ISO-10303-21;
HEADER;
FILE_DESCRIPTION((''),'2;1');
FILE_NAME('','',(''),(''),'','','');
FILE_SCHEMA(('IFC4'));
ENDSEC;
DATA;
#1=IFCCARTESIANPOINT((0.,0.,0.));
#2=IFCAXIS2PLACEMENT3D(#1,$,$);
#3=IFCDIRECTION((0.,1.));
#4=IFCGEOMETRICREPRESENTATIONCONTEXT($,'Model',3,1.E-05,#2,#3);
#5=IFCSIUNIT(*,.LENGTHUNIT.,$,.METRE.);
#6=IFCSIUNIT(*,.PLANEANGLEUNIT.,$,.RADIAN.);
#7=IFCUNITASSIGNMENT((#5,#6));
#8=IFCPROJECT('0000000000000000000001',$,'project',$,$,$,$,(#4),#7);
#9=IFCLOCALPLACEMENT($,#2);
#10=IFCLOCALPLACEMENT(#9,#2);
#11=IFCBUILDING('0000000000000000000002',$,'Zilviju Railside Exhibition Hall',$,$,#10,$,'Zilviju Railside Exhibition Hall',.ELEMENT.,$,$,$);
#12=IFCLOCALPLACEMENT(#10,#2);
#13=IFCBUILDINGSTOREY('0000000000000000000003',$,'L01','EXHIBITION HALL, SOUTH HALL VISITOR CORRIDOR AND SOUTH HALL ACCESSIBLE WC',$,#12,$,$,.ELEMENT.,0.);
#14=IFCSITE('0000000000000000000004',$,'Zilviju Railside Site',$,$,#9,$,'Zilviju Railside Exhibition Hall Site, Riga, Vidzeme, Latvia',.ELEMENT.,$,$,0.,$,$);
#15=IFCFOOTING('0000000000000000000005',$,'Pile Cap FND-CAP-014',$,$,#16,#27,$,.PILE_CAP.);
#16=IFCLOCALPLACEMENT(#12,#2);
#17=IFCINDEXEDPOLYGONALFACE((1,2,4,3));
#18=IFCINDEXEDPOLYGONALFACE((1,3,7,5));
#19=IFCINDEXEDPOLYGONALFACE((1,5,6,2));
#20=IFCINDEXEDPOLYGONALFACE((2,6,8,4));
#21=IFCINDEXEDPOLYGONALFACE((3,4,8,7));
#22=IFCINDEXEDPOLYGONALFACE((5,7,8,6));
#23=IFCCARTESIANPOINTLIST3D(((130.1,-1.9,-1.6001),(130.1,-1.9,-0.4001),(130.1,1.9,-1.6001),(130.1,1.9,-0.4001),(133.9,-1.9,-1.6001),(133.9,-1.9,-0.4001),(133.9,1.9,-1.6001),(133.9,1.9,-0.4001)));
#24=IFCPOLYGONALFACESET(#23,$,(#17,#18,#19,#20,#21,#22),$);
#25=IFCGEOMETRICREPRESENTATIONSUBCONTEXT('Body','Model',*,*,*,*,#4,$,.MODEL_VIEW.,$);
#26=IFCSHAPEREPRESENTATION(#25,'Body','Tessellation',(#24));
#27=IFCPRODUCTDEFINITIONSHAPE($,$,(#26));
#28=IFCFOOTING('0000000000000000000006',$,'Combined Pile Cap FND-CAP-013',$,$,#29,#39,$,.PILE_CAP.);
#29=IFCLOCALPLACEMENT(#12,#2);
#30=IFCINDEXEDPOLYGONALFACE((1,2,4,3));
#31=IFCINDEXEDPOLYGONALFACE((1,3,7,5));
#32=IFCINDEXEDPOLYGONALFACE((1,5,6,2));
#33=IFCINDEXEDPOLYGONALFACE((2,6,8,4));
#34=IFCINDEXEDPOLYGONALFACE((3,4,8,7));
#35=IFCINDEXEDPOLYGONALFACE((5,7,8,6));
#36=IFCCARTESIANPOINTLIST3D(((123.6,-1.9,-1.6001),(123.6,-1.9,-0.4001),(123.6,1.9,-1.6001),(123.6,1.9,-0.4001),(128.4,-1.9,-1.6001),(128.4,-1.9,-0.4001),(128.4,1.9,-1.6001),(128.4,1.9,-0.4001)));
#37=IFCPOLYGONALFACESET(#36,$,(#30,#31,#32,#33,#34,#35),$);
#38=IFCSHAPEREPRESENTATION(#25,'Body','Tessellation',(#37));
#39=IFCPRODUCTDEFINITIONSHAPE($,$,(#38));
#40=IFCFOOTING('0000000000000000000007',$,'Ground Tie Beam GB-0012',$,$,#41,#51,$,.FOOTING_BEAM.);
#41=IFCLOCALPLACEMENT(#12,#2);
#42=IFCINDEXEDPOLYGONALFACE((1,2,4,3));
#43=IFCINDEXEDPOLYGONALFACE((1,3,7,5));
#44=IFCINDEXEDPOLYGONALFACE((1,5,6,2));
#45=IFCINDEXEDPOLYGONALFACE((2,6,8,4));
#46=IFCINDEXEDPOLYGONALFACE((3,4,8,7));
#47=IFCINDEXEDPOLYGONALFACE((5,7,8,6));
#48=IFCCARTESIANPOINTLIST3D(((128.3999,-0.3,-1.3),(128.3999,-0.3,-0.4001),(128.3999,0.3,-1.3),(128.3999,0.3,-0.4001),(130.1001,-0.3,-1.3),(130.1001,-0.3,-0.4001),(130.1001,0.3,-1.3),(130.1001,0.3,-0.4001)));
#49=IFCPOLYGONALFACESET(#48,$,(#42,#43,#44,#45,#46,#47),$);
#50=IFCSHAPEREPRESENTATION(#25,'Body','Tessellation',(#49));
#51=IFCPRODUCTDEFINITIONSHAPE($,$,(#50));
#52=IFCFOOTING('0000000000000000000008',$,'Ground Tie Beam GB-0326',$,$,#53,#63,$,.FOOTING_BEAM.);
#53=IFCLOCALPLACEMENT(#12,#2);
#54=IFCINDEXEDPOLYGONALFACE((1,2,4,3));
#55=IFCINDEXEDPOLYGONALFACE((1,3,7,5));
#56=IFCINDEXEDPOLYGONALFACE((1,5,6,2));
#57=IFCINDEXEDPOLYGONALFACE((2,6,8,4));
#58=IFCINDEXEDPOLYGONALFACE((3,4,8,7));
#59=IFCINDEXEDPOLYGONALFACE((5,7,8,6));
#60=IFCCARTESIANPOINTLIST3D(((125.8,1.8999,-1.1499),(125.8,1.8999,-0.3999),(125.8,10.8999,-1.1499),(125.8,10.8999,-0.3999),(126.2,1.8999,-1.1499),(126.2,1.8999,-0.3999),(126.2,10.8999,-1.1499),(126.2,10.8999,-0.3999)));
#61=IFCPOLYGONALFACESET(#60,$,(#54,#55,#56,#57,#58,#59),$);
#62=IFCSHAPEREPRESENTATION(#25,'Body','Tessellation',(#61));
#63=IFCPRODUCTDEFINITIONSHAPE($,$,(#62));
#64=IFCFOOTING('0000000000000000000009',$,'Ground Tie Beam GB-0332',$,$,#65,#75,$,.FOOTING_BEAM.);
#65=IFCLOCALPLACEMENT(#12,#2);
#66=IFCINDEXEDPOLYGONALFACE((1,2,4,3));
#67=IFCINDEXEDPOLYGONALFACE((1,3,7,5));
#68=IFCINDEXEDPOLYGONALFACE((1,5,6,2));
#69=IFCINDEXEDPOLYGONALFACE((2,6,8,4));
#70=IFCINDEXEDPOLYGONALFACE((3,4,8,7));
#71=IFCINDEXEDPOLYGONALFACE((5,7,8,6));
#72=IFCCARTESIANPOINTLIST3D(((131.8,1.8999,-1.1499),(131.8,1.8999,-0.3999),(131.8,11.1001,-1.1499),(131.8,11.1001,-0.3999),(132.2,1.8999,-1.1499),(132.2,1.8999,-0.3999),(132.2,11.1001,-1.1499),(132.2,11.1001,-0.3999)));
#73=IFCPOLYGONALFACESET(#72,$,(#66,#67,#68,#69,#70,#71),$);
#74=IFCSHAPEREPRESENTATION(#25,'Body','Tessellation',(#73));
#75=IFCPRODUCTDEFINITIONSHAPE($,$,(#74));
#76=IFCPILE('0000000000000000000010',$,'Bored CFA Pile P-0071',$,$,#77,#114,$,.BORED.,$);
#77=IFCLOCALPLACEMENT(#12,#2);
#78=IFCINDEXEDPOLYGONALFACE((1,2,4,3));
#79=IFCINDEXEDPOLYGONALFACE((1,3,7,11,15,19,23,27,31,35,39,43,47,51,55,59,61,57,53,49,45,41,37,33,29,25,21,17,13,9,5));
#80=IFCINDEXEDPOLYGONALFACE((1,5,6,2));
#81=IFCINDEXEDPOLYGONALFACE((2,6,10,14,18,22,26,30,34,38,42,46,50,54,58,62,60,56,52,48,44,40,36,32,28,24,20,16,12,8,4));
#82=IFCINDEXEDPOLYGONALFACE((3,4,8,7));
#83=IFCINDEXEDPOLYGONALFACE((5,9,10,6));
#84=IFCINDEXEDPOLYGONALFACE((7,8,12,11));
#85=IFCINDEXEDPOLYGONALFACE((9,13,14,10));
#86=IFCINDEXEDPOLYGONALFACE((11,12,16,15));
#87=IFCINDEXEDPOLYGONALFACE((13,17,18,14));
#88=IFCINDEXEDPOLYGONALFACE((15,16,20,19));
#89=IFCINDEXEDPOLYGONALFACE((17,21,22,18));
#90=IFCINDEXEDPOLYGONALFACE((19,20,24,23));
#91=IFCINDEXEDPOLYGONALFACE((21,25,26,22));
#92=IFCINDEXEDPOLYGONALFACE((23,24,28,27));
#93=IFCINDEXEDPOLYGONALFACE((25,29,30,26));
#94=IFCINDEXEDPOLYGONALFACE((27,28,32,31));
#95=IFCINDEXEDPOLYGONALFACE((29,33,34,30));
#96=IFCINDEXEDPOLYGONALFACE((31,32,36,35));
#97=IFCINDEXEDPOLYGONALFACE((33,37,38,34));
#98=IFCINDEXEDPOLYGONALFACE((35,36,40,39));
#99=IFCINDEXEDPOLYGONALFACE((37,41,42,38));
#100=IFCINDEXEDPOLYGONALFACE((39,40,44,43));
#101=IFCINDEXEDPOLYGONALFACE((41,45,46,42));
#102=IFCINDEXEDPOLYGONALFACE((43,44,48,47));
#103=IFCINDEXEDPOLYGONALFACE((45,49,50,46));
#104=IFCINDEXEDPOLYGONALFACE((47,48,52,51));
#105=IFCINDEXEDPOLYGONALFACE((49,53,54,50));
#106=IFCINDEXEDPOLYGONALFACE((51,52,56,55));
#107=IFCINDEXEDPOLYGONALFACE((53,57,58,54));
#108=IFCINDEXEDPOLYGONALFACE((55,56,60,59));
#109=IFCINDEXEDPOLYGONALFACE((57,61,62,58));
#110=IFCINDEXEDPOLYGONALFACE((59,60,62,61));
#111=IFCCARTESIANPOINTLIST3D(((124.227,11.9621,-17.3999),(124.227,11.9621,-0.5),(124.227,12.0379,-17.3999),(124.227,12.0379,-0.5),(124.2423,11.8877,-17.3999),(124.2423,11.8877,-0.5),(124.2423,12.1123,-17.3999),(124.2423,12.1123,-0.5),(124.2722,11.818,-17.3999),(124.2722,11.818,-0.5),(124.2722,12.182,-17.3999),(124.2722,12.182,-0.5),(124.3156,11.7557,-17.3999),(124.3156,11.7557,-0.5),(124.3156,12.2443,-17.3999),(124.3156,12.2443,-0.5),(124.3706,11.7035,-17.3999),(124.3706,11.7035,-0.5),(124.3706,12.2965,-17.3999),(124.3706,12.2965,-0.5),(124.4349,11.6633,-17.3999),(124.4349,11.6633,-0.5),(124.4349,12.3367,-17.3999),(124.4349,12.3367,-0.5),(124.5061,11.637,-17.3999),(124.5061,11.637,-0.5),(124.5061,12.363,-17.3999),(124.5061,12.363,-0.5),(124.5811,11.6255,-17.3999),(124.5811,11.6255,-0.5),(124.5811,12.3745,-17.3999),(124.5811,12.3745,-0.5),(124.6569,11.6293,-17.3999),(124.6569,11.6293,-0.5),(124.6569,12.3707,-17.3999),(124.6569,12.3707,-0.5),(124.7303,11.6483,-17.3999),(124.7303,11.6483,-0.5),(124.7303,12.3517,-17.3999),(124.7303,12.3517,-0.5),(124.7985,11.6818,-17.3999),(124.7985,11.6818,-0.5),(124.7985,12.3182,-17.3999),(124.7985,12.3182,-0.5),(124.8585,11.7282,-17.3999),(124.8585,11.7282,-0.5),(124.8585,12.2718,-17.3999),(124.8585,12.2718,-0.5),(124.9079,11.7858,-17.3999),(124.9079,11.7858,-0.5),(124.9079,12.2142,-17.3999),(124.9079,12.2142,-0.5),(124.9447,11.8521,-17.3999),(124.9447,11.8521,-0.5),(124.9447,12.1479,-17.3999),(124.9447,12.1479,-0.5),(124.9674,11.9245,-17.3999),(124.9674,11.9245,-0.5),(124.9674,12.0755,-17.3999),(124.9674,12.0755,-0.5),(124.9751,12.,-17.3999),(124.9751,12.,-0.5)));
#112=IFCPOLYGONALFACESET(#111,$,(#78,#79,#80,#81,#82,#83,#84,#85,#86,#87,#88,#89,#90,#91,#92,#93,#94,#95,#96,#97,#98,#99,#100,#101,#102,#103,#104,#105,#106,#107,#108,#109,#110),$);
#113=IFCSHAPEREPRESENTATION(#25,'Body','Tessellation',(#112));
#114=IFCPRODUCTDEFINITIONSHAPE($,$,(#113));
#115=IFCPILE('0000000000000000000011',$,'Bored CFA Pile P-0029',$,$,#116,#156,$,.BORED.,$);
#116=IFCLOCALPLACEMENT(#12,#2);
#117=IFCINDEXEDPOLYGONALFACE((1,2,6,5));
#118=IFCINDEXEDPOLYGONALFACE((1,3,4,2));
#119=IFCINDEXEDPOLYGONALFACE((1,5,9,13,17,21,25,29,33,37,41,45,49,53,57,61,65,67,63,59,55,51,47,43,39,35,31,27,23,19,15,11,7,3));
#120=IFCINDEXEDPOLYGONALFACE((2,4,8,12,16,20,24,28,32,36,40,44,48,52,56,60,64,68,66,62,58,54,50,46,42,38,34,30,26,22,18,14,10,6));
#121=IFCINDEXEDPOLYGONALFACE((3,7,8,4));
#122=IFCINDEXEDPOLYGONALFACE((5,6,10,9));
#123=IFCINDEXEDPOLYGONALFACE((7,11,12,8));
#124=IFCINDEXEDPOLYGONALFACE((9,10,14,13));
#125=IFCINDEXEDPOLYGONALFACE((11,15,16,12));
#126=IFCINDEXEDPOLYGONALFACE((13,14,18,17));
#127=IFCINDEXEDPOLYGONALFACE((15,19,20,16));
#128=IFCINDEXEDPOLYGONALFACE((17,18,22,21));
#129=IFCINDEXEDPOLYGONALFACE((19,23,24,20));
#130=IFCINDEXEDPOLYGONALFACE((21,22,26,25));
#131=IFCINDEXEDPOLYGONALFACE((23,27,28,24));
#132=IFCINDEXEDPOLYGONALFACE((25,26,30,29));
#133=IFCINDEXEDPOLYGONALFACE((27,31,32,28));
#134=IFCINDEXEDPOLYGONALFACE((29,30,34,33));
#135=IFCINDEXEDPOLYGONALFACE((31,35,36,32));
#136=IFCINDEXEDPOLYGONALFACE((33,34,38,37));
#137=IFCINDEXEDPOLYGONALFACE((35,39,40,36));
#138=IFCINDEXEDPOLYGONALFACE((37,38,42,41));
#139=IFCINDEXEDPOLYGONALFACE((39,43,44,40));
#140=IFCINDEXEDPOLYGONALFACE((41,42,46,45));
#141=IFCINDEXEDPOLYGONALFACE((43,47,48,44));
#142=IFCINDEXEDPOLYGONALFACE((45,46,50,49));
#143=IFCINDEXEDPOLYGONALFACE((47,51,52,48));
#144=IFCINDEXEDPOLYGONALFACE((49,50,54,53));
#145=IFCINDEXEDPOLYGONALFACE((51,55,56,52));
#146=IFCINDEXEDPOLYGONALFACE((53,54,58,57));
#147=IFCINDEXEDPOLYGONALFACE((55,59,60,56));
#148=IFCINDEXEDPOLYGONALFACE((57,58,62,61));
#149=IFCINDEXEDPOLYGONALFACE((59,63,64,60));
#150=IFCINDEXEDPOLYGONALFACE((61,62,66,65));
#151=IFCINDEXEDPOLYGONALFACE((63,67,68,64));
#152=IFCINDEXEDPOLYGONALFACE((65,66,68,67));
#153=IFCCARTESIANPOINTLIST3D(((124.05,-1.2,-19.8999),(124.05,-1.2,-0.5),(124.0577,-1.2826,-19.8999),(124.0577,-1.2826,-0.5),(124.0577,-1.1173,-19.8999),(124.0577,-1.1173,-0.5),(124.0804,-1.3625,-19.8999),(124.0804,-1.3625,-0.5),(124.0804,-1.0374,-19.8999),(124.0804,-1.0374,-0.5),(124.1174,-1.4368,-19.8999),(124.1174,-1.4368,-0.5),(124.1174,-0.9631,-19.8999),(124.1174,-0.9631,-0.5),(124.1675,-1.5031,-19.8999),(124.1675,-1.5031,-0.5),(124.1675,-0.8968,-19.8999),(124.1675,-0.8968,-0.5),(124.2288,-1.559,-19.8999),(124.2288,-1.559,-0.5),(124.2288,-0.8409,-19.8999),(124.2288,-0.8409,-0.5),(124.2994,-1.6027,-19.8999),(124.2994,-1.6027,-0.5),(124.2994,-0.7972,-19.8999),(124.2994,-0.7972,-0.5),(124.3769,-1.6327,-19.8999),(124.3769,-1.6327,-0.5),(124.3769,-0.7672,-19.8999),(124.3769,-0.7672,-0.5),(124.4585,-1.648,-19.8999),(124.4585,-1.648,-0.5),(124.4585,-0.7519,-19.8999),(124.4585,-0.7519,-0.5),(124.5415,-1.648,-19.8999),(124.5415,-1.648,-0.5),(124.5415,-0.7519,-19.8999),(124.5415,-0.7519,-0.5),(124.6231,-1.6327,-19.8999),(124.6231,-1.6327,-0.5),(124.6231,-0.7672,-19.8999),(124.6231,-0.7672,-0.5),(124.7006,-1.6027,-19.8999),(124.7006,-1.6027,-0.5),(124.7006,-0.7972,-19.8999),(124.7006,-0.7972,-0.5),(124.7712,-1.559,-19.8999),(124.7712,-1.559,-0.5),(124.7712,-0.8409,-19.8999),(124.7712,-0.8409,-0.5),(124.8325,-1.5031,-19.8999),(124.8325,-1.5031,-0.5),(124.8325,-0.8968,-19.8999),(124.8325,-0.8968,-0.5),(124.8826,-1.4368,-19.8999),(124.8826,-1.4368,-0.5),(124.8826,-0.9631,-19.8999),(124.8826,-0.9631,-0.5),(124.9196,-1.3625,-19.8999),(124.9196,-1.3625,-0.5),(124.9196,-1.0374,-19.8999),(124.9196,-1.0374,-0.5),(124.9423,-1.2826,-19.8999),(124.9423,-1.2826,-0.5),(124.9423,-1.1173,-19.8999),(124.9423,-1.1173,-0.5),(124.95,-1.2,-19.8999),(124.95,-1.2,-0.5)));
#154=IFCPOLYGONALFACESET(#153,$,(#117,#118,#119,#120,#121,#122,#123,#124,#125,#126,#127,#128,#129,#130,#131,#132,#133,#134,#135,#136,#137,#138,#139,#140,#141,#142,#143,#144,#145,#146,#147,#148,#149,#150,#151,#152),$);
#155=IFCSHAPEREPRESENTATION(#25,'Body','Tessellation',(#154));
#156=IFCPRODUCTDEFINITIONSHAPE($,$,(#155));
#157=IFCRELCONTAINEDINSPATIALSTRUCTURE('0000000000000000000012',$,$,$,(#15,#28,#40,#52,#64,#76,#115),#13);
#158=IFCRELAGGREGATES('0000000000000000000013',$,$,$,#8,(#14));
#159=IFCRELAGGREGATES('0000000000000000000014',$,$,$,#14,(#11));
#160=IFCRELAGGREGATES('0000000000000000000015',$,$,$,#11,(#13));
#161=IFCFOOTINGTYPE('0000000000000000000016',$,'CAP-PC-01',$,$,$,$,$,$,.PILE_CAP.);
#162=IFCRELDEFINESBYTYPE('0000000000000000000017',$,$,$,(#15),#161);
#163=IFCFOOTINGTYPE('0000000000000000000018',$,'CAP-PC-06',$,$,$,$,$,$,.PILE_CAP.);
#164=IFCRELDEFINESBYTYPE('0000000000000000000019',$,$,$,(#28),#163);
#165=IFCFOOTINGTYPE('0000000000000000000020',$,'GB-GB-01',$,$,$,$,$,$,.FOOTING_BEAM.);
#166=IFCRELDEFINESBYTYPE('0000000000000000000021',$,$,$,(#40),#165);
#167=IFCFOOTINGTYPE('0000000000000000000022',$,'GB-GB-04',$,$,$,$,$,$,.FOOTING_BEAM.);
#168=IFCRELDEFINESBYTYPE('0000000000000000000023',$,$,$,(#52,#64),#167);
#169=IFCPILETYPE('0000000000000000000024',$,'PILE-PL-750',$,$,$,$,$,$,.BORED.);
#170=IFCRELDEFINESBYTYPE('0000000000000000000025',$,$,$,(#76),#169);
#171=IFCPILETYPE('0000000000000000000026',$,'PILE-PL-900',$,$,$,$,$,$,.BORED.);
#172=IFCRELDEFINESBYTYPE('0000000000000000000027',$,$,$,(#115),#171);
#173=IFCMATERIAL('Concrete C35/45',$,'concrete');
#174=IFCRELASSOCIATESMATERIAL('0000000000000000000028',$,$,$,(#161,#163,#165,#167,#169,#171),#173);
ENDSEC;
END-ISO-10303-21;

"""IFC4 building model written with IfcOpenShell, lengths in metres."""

from ifc_helpers import new_model, si_unit, direction, frame, origin, origin_2d, place, context, subcontext, project, spatial, rectangle, circle, extrude, material, material_profile, profile_set, type_object, element, save


model = new_model("IFC4")

# Units and contexts
model_context = context("Model", 3, precision=1e-05, world=origin(), true_north=direction((0.0, 1.0)))
body_context = subcontext(model_context, "Body", "Model", "MODEL_VIEW")
ifc_project = project(units=[si_unit("LENGTHUNIT", "METRE"), si_unit("PLANEANGLEUNIT", "RADIAN")], contexts=[model_context])

# Site, building, storey
site_placement = place(None, origin())
site = spatial("IfcSite", under=ifc_project, at=site_placement, Name="Zilviju Railside Site", LongName="Zilviju Railside Exhibition Hall Site, Riga, Vidzeme, Latvia", CompositionType="ELEMENT", RefElevation=0.0)
building_placement = place(site_placement, origin())
building = spatial("IfcBuilding", under=site, at=building_placement, Name="Zilviju Railside Exhibition Hall", LongName="Zilviju Railside Exhibition Hall", CompositionType="ELEMENT")
storey_placement = place(building_placement, origin())
storey = spatial("IfcBuildingStorey", under=building, at=storey_placement, Name="L01", Description="EXHIBITION HALL, SOUTH HALL VISITOR CORRIDOR AND SOUTH HALL ACCESSIBLE WC", CompositionType="ELEMENT", Elevation=0.0)

# Footings
ifc_material_1 = material(Name="Concrete C35/45", Category="concrete")
footing_type_1 = type_object("IfcFootingType", Name="CAP-PC-01", PredefinedType="PILE_CAP", material=ifc_material_1)
footing_1_placement = place(storey_placement, frame((132.0, 0.0, -1.6001), z_axis=(0.0, 0.0, 1.0), x_axis=(1.0, 0.0, 0.0)))
element("IfcFooting", 1, at=footing_1_placement, inside=storey, type_object=footing_type_1, Name="Pile Cap FND-CAP-014", PredefinedType="PILE_CAP", context=body_context, shape_type="SweptSolid", body=[
    extrude(rectangle(XDim=3.8, YDim=3.8, at=origin_2d()), origin(), (0.0, 0.0, 1.0), 1.2),
])
footing_type_2 = type_object("IfcFootingType", Name="CAP-PC-06", PredefinedType="PILE_CAP", material=ifc_material_1)
footing_2_placement = place(storey_placement, frame((126.0, 0.0, -1.6001), z_axis=(0.0, 0.0, 1.0), x_axis=(1.0, 0.0, 0.0)))
element("IfcFooting", 2, at=footing_2_placement, inside=storey, type_object=footing_type_2, Name="Combined Pile Cap FND-CAP-013", PredefinedType="PILE_CAP", context=body_context, shape_type="SweptSolid", body=[
    extrude(rectangle(XDim=4.8, YDim=3.8, at=origin_2d()), origin(), (0.0, 0.0, 1.0), 1.2),
])
ifc_material_profile_1 = material_profile(ifc_material_1, rectangle(XDim=0.6001, YDim=0.8999, at=origin_2d()), Name="TIE BEAM 600x900")
ifc_profile_set_1 = profile_set([ifc_material_profile_1], Name="Concrete C35/45")
footing_type_3 = type_object("IfcFootingType", Name="GB-GB-01", PredefinedType="FOOTING_BEAM", material=ifc_profile_set_1)
footing_3_placement = place(storey_placement, frame((128.3999, 0.0, -0.8501), z_axis=(1.0, 0.0, 0.0), x_axis=(0.0, 1.0, 0.0)))
element("IfcFooting", 3, at=footing_3_placement, inside=storey, type_object=footing_type_3, Name="Ground Tie Beam GB-0012", PredefinedType="FOOTING_BEAM", context=body_context, shape_type="SweptSolid", body=[
    extrude(rectangle(XDim=0.6001, YDim=0.8999, at=origin_2d()), origin(), (0.0, 0.0, 1.0), 1.7002),
])
ifc_material_profile_2 = material_profile(ifc_material_1, rectangle(XDim=0.3999, YDim=0.75, at=origin_2d()), Name="TIE BEAM 400x750")
ifc_profile_set_2 = profile_set([ifc_material_profile_2], Name="Concrete C35/45")
footing_type_4 = type_object("IfcFootingType", Name="GB-GB-04", PredefinedType="FOOTING_BEAM", material=ifc_profile_set_2)
footing_4_placement = place(storey_placement, frame((126.0, 1.8999, -0.7749), z_axis=(0.0, 1.0, 0.0), x_axis=(-1.0, 0.0, 0.0)))
element("IfcFooting", 4, at=footing_4_placement, inside=storey, type_object=footing_type_4, Name="Ground Tie Beam GB-0326", PredefinedType="FOOTING_BEAM", context=body_context, shape_type="SweptSolid", body=[
    extrude(rectangle(XDim=0.3999, YDim=0.75, at=origin_2d()), origin(), (0.0, 0.0, 1.0), 9.0),
])
footing_5_placement = place(storey_placement, frame((132.0, 1.8999, -0.7749), z_axis=(0.0, 1.0, 0.0), x_axis=(-1.0, 0.0, 0.0)))
element("IfcFooting", 5, at=footing_5_placement, inside=storey, type_object=footing_type_4, Name="Ground Tie Beam GB-0332", PredefinedType="FOOTING_BEAM", context=body_context, shape_type="SweptSolid", body=[
    extrude(rectangle(XDim=0.3999, YDim=0.75, at=origin_2d()), origin(), (0.0, 0.0, 1.0), 9.2002),
])

# Piles
ifc_material_profile_3 = material_profile(ifc_material_1, circle(Radius=0.375, at=origin_2d()), Name="CFA PILE D750")
ifc_profile_set_3 = profile_set([ifc_material_profile_3], Name="Concrete C35/45")
pile_type_1 = type_object("IfcPileType", Name="PILE-PL-750", PredefinedType="BORED", material=ifc_profile_set_3)
pile_placement = place(storey_placement, frame((124.6001, 12.0, -0.5), z_axis=(0.0, 0.0, -1.0), x_axis=(1.0, 0.0, 0.0)))
element("IfcPile", 6, at=pile_placement, inside=storey, type_object=pile_type_1, Name="Bored CFA Pile P-0071", PredefinedType="BORED", context=body_context, shape_type="SweptSolid", body=[
    extrude(circle(Radius=0.375, at=origin_2d()), origin(), (0.0, 0.0, 1.0), 16.8999),
])
ifc_material_profile_4 = material_profile(ifc_material_1, circle(Radius=0.45, at=origin_2d()), Name="CFA PILE D900")
ifc_profile_set_4 = profile_set([ifc_material_profile_4], Name="Concrete C35/45")
pile_type_2 = type_object("IfcPileType", Name="PILE-PL-900", PredefinedType="BORED", material=ifc_profile_set_4)
for number, where, z_axis, x_axis, name in (
    (7, (124.5, -1.2, -0.5), (0.0, 0.0, -1.0), (1.0, 0.0, 0.0), "Bored CFA Pile P-0029"),
):
    element("IfcPile", number, at=place(storey_placement, frame(where, z_axis=z_axis, x_axis=x_axis)), inside=storey, type_object=pile_type_2, Name=name, PredefinedType="BORED", context=body_context, shape_type="SweptSolid", body=[
        extrude(circle(Radius=0.45, at=origin_2d()), origin(), (0.0, 0.0, 1.0), 19.3999),
    ])

save(model, "model.ifc")
